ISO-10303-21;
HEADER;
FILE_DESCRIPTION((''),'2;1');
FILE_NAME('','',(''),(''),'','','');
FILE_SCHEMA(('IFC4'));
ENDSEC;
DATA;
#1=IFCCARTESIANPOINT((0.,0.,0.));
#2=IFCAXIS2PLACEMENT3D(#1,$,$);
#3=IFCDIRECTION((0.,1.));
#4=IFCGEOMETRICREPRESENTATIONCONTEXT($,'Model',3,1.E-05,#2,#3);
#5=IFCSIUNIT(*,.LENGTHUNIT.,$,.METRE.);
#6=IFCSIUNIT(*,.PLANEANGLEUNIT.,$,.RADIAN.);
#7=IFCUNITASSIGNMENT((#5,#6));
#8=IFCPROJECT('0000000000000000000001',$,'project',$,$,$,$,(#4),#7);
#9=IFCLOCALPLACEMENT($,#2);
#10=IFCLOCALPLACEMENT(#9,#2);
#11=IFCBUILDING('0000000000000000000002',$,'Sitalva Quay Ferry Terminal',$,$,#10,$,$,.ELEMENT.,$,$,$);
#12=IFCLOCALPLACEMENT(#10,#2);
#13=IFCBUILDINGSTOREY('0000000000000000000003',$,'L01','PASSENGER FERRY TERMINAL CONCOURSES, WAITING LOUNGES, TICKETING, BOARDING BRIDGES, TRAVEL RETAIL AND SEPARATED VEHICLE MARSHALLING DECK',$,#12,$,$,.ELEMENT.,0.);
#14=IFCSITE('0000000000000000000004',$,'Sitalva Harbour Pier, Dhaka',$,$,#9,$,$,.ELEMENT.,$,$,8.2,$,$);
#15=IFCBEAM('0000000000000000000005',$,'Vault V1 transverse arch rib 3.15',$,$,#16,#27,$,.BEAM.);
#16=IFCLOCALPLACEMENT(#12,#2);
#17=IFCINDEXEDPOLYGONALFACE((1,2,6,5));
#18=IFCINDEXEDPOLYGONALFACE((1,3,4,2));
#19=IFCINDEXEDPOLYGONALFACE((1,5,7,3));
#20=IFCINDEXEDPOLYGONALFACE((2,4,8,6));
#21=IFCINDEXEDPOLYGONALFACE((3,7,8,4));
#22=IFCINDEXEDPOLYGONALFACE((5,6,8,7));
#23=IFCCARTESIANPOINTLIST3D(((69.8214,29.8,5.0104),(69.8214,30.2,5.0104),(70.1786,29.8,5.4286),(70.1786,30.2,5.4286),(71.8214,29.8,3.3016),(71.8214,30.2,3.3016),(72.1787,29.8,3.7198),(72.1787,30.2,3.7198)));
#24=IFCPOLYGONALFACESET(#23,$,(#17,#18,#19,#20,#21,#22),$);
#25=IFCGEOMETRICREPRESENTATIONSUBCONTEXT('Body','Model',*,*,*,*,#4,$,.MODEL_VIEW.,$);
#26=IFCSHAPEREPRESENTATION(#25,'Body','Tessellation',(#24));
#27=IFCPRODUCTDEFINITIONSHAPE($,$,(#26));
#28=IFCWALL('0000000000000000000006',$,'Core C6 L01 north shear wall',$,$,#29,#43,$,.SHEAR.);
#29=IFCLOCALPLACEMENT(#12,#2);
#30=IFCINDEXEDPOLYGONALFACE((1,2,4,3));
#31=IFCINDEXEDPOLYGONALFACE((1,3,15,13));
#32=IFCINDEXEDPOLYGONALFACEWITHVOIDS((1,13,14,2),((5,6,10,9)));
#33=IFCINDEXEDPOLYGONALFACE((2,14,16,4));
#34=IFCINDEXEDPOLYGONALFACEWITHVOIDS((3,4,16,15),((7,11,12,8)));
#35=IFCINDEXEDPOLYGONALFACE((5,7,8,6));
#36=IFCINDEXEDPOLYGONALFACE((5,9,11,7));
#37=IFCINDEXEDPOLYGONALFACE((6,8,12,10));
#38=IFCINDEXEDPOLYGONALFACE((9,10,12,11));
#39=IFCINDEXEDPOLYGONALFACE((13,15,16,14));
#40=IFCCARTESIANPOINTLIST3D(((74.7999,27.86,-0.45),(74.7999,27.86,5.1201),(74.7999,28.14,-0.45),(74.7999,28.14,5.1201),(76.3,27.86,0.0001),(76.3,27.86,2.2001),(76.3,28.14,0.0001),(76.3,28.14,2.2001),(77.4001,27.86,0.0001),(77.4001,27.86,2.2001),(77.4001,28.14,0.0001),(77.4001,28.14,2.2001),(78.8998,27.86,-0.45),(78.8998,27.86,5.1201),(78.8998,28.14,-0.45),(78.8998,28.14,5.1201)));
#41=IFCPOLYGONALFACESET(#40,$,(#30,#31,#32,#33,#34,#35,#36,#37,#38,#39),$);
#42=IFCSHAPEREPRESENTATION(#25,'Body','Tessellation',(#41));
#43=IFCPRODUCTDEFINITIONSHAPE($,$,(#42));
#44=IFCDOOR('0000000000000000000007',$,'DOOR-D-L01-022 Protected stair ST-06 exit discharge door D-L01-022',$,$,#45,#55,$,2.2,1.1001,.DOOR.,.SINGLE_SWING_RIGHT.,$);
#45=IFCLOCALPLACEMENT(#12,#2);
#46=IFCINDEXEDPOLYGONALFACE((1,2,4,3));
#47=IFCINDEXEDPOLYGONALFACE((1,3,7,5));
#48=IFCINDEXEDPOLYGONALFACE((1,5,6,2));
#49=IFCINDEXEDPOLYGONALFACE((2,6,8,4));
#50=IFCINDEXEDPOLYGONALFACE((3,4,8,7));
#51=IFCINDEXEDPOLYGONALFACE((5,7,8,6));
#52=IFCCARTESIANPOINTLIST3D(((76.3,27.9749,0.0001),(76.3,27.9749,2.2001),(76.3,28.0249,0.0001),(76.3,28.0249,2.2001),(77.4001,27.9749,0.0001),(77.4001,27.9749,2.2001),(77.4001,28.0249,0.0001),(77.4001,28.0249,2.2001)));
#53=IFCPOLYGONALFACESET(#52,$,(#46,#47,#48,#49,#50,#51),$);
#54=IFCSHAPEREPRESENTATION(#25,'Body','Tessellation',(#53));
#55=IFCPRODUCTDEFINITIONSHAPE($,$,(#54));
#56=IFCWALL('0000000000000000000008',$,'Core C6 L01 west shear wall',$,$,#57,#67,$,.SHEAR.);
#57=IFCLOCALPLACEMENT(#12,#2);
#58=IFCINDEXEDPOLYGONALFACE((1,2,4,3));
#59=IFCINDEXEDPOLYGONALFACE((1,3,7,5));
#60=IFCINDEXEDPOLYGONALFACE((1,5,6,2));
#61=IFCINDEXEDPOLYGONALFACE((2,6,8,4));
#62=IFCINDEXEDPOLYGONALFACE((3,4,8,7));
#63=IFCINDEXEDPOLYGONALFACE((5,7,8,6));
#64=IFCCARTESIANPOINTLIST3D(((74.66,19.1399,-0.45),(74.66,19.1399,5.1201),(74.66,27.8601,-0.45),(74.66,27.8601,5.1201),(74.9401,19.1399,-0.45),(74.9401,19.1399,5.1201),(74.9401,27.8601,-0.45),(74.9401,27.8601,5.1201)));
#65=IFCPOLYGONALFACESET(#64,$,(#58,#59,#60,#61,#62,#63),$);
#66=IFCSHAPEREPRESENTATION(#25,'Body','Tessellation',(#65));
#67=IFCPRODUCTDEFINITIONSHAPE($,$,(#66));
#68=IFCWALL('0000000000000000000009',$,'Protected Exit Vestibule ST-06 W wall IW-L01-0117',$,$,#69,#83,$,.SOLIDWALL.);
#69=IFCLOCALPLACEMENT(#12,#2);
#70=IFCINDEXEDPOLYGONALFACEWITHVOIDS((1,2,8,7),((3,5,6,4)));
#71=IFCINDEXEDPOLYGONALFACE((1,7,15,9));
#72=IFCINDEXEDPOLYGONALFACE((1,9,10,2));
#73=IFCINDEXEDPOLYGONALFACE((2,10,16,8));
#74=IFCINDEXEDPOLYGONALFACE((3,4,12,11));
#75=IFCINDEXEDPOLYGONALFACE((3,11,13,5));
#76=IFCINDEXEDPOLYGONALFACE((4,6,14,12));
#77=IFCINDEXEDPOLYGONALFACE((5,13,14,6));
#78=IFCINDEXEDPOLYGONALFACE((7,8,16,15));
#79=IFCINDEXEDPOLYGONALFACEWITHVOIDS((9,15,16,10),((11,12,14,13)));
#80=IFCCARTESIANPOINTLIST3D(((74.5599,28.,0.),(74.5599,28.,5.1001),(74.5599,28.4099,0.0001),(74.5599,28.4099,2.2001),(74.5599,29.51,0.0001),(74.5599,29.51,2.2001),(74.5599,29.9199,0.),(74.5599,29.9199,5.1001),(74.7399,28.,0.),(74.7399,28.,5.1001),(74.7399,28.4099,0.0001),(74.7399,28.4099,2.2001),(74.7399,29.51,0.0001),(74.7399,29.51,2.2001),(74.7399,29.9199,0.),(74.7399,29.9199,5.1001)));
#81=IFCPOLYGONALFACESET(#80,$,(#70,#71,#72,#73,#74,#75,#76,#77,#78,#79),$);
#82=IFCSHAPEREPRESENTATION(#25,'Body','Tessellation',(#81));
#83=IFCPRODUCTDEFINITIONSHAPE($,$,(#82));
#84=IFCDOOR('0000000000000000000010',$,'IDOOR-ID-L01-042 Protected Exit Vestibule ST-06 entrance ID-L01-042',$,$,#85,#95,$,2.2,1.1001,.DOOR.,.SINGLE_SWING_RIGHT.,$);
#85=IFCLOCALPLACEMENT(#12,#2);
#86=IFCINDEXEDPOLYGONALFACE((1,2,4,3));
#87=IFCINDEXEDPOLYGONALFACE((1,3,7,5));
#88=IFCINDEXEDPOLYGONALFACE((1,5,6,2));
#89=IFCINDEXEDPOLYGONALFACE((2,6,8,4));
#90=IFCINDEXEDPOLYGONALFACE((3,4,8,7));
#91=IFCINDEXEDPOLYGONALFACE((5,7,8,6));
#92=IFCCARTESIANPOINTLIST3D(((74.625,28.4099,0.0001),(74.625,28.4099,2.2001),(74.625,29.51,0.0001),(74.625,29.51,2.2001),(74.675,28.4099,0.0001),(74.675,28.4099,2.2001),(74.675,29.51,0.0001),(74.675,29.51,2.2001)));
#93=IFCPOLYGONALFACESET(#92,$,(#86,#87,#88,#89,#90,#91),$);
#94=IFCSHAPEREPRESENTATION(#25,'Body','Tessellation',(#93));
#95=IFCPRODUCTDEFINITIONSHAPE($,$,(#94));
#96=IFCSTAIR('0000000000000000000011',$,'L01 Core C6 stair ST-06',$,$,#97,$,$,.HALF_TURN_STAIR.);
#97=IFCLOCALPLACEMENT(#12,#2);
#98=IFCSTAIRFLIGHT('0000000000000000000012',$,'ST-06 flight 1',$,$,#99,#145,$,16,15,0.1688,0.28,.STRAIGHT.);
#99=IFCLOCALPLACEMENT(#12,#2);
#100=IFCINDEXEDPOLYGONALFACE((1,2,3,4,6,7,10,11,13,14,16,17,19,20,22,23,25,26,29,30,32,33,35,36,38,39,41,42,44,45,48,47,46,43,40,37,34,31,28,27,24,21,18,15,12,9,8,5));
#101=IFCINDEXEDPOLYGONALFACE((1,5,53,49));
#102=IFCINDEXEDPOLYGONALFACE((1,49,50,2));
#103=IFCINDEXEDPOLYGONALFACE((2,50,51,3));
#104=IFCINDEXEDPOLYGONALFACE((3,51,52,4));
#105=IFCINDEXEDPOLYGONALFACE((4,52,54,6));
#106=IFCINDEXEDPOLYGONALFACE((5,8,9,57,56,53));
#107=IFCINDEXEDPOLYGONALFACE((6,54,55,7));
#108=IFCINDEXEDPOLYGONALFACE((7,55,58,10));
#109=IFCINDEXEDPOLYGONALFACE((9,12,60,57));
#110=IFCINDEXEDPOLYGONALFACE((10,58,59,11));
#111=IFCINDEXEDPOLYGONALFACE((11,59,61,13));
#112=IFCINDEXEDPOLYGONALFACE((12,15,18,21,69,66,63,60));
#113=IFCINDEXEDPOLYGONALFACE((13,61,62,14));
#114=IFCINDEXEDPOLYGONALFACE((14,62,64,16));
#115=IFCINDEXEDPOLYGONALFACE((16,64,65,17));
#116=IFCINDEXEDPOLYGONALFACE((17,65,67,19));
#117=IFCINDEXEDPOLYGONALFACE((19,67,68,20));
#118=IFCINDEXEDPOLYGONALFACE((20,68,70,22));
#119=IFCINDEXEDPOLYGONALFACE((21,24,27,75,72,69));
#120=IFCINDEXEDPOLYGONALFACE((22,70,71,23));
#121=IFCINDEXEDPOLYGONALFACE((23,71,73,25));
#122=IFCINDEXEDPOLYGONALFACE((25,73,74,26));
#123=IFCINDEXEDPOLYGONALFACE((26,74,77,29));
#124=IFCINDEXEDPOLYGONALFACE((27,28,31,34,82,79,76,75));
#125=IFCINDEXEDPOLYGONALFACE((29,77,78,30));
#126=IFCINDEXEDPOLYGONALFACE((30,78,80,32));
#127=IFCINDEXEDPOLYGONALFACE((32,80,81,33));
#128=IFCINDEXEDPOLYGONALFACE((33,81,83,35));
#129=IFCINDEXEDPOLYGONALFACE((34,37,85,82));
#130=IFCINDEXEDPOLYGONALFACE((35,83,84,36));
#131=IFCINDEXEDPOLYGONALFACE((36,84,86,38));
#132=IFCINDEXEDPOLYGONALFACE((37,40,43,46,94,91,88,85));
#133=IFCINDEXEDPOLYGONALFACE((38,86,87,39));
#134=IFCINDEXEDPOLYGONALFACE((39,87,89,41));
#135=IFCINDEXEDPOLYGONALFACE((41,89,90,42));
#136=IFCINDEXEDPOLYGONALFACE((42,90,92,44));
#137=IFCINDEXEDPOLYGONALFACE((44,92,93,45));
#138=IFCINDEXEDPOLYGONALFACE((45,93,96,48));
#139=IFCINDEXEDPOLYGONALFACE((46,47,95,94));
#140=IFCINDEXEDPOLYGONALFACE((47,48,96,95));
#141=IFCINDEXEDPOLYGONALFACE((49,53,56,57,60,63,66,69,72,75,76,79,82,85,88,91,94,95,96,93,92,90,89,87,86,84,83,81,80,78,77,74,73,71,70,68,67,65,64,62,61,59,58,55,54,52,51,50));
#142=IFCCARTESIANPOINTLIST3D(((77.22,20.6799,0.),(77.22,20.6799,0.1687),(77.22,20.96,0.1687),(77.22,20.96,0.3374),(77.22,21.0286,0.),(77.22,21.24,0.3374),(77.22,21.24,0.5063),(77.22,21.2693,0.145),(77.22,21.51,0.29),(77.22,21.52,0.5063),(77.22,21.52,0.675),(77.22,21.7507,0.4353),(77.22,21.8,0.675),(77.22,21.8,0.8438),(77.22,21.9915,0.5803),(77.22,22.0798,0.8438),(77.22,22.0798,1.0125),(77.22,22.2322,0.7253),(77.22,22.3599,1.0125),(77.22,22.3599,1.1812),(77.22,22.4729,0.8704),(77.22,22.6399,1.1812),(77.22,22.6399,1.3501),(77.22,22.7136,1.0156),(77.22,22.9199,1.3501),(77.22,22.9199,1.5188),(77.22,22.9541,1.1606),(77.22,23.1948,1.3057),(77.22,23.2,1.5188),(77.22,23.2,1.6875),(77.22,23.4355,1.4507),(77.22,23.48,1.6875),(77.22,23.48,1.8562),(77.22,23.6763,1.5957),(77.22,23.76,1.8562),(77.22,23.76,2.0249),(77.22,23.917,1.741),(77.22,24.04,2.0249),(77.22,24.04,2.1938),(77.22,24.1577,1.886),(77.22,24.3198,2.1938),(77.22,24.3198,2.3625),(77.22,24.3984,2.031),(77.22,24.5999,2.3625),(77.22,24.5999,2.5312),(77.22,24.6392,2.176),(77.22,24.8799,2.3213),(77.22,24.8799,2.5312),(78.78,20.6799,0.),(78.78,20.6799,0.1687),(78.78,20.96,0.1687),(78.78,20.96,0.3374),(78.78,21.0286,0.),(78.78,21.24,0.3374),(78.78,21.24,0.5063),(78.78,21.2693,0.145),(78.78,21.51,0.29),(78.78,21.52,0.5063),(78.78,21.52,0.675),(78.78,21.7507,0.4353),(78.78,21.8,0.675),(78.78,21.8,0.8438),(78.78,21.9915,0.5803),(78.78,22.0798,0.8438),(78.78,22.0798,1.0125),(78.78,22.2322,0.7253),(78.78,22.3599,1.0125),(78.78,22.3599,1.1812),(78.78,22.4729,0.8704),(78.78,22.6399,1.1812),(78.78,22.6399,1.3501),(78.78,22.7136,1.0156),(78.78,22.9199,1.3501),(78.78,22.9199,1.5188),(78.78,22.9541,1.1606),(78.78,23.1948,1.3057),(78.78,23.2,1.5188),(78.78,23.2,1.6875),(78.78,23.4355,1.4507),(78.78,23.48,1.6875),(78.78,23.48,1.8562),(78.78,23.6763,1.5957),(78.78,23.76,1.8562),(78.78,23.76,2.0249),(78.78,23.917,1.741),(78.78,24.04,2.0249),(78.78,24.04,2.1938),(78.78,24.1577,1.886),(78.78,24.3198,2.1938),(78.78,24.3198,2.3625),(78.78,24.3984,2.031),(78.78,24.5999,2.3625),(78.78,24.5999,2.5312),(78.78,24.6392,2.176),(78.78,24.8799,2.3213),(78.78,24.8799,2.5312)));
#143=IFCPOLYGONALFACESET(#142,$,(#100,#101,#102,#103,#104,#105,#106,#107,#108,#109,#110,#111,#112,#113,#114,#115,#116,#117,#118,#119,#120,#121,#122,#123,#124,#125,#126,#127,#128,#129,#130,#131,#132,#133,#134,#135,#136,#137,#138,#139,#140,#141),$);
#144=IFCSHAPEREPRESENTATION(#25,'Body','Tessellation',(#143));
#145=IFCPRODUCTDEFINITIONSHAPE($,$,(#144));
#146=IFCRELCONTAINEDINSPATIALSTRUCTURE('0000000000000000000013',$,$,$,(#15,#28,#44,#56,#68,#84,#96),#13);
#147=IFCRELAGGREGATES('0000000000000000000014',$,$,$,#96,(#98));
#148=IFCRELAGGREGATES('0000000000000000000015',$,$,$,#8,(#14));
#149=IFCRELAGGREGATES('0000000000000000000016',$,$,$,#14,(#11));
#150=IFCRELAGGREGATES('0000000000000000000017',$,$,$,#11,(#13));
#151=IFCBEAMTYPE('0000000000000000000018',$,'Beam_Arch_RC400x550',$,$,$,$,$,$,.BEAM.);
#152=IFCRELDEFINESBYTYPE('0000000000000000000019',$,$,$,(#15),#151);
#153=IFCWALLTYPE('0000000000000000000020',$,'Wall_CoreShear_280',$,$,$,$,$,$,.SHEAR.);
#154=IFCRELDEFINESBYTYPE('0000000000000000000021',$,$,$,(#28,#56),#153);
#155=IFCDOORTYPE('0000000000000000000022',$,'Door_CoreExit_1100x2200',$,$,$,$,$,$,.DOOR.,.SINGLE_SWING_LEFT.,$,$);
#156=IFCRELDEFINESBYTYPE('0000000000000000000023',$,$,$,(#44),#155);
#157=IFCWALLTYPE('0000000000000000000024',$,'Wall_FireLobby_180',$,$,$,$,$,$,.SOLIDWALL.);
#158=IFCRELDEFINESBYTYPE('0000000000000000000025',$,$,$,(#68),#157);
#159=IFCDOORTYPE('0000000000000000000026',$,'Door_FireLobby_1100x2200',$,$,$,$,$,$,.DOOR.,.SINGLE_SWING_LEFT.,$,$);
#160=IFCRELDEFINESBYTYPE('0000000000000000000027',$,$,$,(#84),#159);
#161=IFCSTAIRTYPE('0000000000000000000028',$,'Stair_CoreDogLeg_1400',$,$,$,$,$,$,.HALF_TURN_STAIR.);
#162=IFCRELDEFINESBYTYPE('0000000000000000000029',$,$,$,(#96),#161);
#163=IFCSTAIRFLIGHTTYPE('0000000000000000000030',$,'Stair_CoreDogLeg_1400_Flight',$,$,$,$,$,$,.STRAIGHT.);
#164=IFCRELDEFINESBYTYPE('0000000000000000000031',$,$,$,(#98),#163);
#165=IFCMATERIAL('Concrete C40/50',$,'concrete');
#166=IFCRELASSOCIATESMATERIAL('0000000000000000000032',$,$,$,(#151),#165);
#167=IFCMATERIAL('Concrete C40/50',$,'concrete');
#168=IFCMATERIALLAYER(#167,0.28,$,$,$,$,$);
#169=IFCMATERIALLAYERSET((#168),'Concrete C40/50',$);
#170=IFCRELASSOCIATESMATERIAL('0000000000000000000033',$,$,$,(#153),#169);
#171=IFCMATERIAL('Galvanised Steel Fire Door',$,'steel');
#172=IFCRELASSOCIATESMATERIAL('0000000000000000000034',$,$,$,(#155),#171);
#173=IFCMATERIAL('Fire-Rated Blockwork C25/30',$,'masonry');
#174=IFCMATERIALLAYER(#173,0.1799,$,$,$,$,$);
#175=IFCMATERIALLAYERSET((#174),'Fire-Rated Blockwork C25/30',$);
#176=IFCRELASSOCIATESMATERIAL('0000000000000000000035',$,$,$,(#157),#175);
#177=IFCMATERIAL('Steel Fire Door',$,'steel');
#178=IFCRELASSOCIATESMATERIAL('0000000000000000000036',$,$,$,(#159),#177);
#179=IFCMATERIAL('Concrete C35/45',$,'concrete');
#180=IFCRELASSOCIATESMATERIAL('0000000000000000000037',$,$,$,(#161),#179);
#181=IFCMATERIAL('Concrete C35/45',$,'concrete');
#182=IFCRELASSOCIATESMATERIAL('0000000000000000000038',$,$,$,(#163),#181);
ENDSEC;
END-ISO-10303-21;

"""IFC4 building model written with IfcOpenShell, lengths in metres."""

from ifc_helpers import new_model, si_unit, direction, frame, frame_2d, origin, origin_2d, place, context, subcontext, project, spatial, polyline, rectangle, outline, extrude, material, layer, layer_set, material_profile, profile_set, type_object, element, fill, aggregate, save


model = new_model("IFC4")

# Units and contexts
model_context = context("Model", 3, precision=1e-05, world=origin(), true_north=direction((0.0, 1.0)))
body_context = subcontext(model_context, "Body", "Model", "MODEL_VIEW")
ifc_project = project(units=[si_unit("LENGTHUNIT", "METRE"), si_unit("PLANEANGLEUNIT", "RADIAN")], contexts=[model_context])

# Site, building, storey
site_placement = place(None, origin())
site = spatial("IfcSite", under=ifc_project, at=site_placement, Name="Sitalva Harbour Pier, Dhaka", CompositionType="ELEMENT", RefElevation=8.2)
building_placement = place(site_placement, origin())
building = spatial("IfcBuilding", under=site, at=building_placement, Name="Sitalva Quay Ferry Terminal", CompositionType="ELEMENT")
storey_placement = place(building_placement, origin())
storey = spatial("IfcBuildingStorey", under=building, at=storey_placement, Name="L01", Description="PASSENGER FERRY TERMINAL CONCOURSES, WAITING LOUNGES, TICKETING, BOARDING BRIDGES, TRAVEL RETAIL AND SEPARATED VEHICLE MARSHALLING DECK", CompositionType="ELEMENT", Elevation=0.0)

# Beam
ifc_material_1 = material(Name="Concrete C40/50", Category="concrete")
ifc_material_profile_1 = material_profile(ifc_material_1, rectangle(XDim=0.3999, YDim=0.55, at=origin_2d()), Name="RC400x550")
ifc_profile_set_1 = profile_set([ifc_material_profile_1], Name="Concrete C40/50")
beam_type = type_object("IfcBeamType", Name="Beam_Arch_RC400x550", PredefinedType="BEAM", material=ifc_profile_set_1)
beam_placement = place(storey_placement, frame((70.0, 30.0, 5.2195), z_axis=(0.760297, 0.0, -0.649575), x_axis=(0.0, 1.0, 0.0)))
element("IfcBeam", 1, at=beam_placement, inside=storey, type_object=beam_type, Name="Vault V1 transverse arch rib 3.15", PredefinedType="BEAM", context=body_context, shape_type="SweptSolid", body=[
    extrude(rectangle(XDim=0.3999, YDim=0.55, at=origin_2d()), origin(), (0.0, 0.0, 1.0), 2.6306),
])

# Wall, opening, door
ifc_material_2 = material(Name="Concrete C40/50", Category="concrete")
ifc_layer_1 = layer(ifc_material_2, 0.28)
ifc_layer_set_1 = layer_set([ifc_layer_1], Name="Concrete C40/50")
wall_type_1 = type_object("IfcWallType", Name="Wall_CoreShear_280", PredefinedType="SHEAR", material=ifc_layer_set_1)
wall_1_placement = place(storey_placement, frame((74.8, 28.0, -0.45), z_axis=(0.0, 0.0, 1.0), x_axis=(1.0, 0.0, 0.0)))
wall_1 = element("IfcWall", 2, at=wall_1_placement, inside=storey, type_object=wall_type_1, Name="Core C6 L01 north shear wall", PredefinedType="SHEAR", context=body_context, shape_type="SweptSolid", body=[
    extrude(rectangle(XDim=4.0999, YDim=0.28, at=frame_2d((2.0498, 0.0))), origin(), (0.0, 0.0, 1.0), 5.5701),
])
opening_1_placement = place(wall_1_placement, frame((1.5, 0.0, 0.45)))
opening_1 = element("IfcOpeningElement", 3, at=opening_1_placement, cuts=wall_1, PredefinedType="OPENING", context=body_context, shape_type="SweptSolid", body=[
    extrude(rectangle(XDim=1.1001, YDim=2.2, at=frame_2d((0.55, 1.1001))), frame((0.0, 0.1499, 0.0), z_axis=(0.0, -1.0, 0.0), x_axis=(1.0, 0.0, 0.0)), (0.0, 0.0, 1.0), 0.3),
])
ifc_material_3 = material(Name="Galvanised Steel Fire Door", Category="steel")
door_type_1 = type_object("IfcDoorType", Name="Door_CoreExit_1100x2200", OperationType="SINGLE_SWING_LEFT", PredefinedType="DOOR", material=ifc_material_3)
door_1_placement = place(opening_1_placement, origin())
door_1 = element("IfcDoor", 4, at=door_1_placement, inside=storey, type_object=door_type_1, Name="DOOR-D-L01-022 Protected stair ST-06 exit discharge door D-L01-022", OperationType="SINGLE_SWING_RIGHT", OverallHeight=2.2, OverallWidth=1.1001, PredefinedType="DOOR", context=body_context, shape_type="SweptSolid", body=[
    extrude(rectangle(XDim=1.1001, YDim=2.2, at=frame_2d((0.55, 1.1001))), frame((0.0, 0.0249, 0.0), z_axis=(0.0, -1.0, 0.0), x_axis=(1.0, 0.0, 0.0)), (0.0, 0.0, 1.0), 0.05),
])
fill(opening_1, door_1)

# Wall
wall_2_placement = place(storey_placement, frame((74.8, 19.1399, -0.45), z_axis=(0.0, 0.0, 1.0), x_axis=(0.0, 1.0, 0.0)))
element("IfcWall", 5, at=wall_2_placement, inside=storey, type_object=wall_type_1, Name="Core C6 L01 west shear wall", PredefinedType="SHEAR", context=body_context, shape_type="SweptSolid", body=[
    extrude(rectangle(XDim=8.7202, YDim=0.28, at=frame_2d((4.3601, 0.0))), origin(), (0.0, 0.0, 1.0), 5.5701),
])

# Wall, opening, door
ifc_material_4 = material(Name="Fire-Rated Blockwork C25/30", Category="masonry")
ifc_layer_2 = layer(ifc_material_4, 0.1799)
ifc_layer_set_2 = layer_set([ifc_layer_2], Name="Fire-Rated Blockwork C25/30")
wall_type_2 = type_object("IfcWallType", Name="Wall_FireLobby_180", PredefinedType="SOLIDWALL", material=ifc_layer_set_2)
wall_3_placement = place(storey_placement, frame((74.6499, 28.0, 0.0), z_axis=(0.0, 0.0, 1.0), x_axis=(0.0, 1.0, 0.0)))
wall_3 = element("IfcWall", 6, at=wall_3_placement, inside=storey, type_object=wall_type_2, Name="Protected Exit Vestibule ST-06 W wall IW-L01-0117", PredefinedType="SOLIDWALL", context=body_context, shape_type="SweptSolid", body=[
    extrude(rectangle(XDim=1.9199, YDim=0.1799, at=frame_2d((0.96, 0.0))), origin(), (0.0, 0.0, 1.0), 5.1001),
])
opening_2_placement = place(wall_3_placement, frame((0.4099, 0.0, 0.0)))
opening_2 = element("IfcOpeningElement", 7, at=opening_2_placement, cuts=wall_3, PredefinedType="OPENING", context=body_context, shape_type="SweptSolid", body=[
    extrude(rectangle(XDim=1.1001, YDim=2.2, at=frame_2d((0.55, 1.1001))), frame((0.0, 0.0999, 0.0), z_axis=(0.0, -1.0, 0.0), x_axis=(1.0, 0.0, 0.0)), (0.0, 0.0, 1.0), 0.2),
])
ifc_material_5 = material(Name="Steel Fire Door", Category="steel")
door_type_2 = type_object("IfcDoorType", Name="Door_FireLobby_1100x2200", OperationType="SINGLE_SWING_LEFT", PredefinedType="DOOR", material=ifc_material_5)
door_2_placement = place(opening_2_placement, origin())
door_2 = element("IfcDoor", 8, at=door_2_placement, inside=storey, type_object=door_type_2, Name="IDOOR-ID-L01-042 Protected Exit Vestibule ST-06 entrance ID-L01-042", OperationType="SINGLE_SWING_RIGHT", OverallHeight=2.2, OverallWidth=1.1001, PredefinedType="DOOR", context=body_context, shape_type="SweptSolid", body=[
    extrude(rectangle(XDim=1.1001, YDim=2.2, at=frame_2d((0.55, 1.1001))), frame((0.0, 0.0249, 0.0), z_axis=(0.0, -1.0, 0.0), x_axis=(1.0, 0.0, 0.0)), (0.0, 0.0, 1.0), 0.05),
])
fill(opening_2, door_2)

# Stair, stair flight
ifc_material_6 = material(Name="Concrete C35/45", Category="concrete")
stair_type = type_object("IfcStairType", Name="Stair_CoreDogLeg_1400", PredefinedType="HALF_TURN_STAIR", material=ifc_material_6)
stair_placement = place(storey_placement, origin())
stair = element("IfcStair", 9, at=stair_placement, inside=storey, type_object=stair_type, Name="L01 Core C6 stair ST-06", PredefinedType="HALF_TURN_STAIR")
ifc_material_7 = material(Name="Concrete C35/45", Category="concrete")
stair_flight_type = type_object("IfcStairFlightType", Name="Stair_CoreDogLeg_1400_Flight", PredefinedType="STRAIGHT", material=ifc_material_7)
stair_flight_1_placement = place(storey_placement, frame((78.0, 20.6799, 0.0), z_axis=(0.0, 0.0, 1.0), x_axis=(0.0, 1.0, 0.0)))
stair_flight_1 = element("IfcStairFlight", 10, at=stair_flight_1_placement, type_object=stair_flight_type, Name="ST-06 flight 1", NumberOfRisers=16, NumberOfTreads=15, PredefinedType="STRAIGHT", RiserHeight=0.1688, TreadLength=0.28, context=body_context, shape_type="SweptSolid", body=[
    extrude(outline(polyline([(0.0, 0.0), (0.0, 0.1687), (0.28, 0.1687), (0.28, 0.3374), (0.5601, 0.3374), (0.5601, 0.5063), (0.8401, 0.5063), (0.8401, 0.675), (1.1201, 0.675), (1.1201, 0.8438), (1.3999, 0.8438), (1.3999, 1.0125), (1.6799, 1.0125), (1.6799, 1.1812), (1.96, 1.1812), (1.96, 1.3501), (2.24, 1.3501), (2.24, 1.5188), (2.52, 1.5188), (2.52, 1.6875), (2.8, 1.6875), (2.8, 1.8562), (3.0801, 1.8562), (3.0801, 2.0249), (3.3601, 2.0249), (3.3601, 2.1938), (3.6399, 2.1938), (3.6399, 2.3625), (3.9199, 2.3625), (3.9199, 2.5312), (4.2, 2.5312), (4.2, 2.7), (4.2, 2.3213), (3.9592, 2.176), (3.7185, 2.031), (3.4778, 1.886), (3.2371, 1.741), (2.9963, 1.5957), (2.7556, 1.4507), (2.5149, 1.3057), (2.2742, 1.1606), (2.0337, 1.0156), (1.793, 0.8704), (1.5522, 0.7253), (1.3115, 0.5803), (1.0708, 0.4353), (0.8301, 0.29), (0.5894, 0.145), (0.3486, 0.0), (0.0, 0.0)])), frame((0.0, 0.78, 0.0), z_axis=(0.0, -1.0, 0.0), x_axis=(1.0, 0.0, 0.0)), (0.0, 0.0, 1.0), 1.5601),
])
aggregate(stair, [stair_flight_1])

save(model, "model.ifc")
